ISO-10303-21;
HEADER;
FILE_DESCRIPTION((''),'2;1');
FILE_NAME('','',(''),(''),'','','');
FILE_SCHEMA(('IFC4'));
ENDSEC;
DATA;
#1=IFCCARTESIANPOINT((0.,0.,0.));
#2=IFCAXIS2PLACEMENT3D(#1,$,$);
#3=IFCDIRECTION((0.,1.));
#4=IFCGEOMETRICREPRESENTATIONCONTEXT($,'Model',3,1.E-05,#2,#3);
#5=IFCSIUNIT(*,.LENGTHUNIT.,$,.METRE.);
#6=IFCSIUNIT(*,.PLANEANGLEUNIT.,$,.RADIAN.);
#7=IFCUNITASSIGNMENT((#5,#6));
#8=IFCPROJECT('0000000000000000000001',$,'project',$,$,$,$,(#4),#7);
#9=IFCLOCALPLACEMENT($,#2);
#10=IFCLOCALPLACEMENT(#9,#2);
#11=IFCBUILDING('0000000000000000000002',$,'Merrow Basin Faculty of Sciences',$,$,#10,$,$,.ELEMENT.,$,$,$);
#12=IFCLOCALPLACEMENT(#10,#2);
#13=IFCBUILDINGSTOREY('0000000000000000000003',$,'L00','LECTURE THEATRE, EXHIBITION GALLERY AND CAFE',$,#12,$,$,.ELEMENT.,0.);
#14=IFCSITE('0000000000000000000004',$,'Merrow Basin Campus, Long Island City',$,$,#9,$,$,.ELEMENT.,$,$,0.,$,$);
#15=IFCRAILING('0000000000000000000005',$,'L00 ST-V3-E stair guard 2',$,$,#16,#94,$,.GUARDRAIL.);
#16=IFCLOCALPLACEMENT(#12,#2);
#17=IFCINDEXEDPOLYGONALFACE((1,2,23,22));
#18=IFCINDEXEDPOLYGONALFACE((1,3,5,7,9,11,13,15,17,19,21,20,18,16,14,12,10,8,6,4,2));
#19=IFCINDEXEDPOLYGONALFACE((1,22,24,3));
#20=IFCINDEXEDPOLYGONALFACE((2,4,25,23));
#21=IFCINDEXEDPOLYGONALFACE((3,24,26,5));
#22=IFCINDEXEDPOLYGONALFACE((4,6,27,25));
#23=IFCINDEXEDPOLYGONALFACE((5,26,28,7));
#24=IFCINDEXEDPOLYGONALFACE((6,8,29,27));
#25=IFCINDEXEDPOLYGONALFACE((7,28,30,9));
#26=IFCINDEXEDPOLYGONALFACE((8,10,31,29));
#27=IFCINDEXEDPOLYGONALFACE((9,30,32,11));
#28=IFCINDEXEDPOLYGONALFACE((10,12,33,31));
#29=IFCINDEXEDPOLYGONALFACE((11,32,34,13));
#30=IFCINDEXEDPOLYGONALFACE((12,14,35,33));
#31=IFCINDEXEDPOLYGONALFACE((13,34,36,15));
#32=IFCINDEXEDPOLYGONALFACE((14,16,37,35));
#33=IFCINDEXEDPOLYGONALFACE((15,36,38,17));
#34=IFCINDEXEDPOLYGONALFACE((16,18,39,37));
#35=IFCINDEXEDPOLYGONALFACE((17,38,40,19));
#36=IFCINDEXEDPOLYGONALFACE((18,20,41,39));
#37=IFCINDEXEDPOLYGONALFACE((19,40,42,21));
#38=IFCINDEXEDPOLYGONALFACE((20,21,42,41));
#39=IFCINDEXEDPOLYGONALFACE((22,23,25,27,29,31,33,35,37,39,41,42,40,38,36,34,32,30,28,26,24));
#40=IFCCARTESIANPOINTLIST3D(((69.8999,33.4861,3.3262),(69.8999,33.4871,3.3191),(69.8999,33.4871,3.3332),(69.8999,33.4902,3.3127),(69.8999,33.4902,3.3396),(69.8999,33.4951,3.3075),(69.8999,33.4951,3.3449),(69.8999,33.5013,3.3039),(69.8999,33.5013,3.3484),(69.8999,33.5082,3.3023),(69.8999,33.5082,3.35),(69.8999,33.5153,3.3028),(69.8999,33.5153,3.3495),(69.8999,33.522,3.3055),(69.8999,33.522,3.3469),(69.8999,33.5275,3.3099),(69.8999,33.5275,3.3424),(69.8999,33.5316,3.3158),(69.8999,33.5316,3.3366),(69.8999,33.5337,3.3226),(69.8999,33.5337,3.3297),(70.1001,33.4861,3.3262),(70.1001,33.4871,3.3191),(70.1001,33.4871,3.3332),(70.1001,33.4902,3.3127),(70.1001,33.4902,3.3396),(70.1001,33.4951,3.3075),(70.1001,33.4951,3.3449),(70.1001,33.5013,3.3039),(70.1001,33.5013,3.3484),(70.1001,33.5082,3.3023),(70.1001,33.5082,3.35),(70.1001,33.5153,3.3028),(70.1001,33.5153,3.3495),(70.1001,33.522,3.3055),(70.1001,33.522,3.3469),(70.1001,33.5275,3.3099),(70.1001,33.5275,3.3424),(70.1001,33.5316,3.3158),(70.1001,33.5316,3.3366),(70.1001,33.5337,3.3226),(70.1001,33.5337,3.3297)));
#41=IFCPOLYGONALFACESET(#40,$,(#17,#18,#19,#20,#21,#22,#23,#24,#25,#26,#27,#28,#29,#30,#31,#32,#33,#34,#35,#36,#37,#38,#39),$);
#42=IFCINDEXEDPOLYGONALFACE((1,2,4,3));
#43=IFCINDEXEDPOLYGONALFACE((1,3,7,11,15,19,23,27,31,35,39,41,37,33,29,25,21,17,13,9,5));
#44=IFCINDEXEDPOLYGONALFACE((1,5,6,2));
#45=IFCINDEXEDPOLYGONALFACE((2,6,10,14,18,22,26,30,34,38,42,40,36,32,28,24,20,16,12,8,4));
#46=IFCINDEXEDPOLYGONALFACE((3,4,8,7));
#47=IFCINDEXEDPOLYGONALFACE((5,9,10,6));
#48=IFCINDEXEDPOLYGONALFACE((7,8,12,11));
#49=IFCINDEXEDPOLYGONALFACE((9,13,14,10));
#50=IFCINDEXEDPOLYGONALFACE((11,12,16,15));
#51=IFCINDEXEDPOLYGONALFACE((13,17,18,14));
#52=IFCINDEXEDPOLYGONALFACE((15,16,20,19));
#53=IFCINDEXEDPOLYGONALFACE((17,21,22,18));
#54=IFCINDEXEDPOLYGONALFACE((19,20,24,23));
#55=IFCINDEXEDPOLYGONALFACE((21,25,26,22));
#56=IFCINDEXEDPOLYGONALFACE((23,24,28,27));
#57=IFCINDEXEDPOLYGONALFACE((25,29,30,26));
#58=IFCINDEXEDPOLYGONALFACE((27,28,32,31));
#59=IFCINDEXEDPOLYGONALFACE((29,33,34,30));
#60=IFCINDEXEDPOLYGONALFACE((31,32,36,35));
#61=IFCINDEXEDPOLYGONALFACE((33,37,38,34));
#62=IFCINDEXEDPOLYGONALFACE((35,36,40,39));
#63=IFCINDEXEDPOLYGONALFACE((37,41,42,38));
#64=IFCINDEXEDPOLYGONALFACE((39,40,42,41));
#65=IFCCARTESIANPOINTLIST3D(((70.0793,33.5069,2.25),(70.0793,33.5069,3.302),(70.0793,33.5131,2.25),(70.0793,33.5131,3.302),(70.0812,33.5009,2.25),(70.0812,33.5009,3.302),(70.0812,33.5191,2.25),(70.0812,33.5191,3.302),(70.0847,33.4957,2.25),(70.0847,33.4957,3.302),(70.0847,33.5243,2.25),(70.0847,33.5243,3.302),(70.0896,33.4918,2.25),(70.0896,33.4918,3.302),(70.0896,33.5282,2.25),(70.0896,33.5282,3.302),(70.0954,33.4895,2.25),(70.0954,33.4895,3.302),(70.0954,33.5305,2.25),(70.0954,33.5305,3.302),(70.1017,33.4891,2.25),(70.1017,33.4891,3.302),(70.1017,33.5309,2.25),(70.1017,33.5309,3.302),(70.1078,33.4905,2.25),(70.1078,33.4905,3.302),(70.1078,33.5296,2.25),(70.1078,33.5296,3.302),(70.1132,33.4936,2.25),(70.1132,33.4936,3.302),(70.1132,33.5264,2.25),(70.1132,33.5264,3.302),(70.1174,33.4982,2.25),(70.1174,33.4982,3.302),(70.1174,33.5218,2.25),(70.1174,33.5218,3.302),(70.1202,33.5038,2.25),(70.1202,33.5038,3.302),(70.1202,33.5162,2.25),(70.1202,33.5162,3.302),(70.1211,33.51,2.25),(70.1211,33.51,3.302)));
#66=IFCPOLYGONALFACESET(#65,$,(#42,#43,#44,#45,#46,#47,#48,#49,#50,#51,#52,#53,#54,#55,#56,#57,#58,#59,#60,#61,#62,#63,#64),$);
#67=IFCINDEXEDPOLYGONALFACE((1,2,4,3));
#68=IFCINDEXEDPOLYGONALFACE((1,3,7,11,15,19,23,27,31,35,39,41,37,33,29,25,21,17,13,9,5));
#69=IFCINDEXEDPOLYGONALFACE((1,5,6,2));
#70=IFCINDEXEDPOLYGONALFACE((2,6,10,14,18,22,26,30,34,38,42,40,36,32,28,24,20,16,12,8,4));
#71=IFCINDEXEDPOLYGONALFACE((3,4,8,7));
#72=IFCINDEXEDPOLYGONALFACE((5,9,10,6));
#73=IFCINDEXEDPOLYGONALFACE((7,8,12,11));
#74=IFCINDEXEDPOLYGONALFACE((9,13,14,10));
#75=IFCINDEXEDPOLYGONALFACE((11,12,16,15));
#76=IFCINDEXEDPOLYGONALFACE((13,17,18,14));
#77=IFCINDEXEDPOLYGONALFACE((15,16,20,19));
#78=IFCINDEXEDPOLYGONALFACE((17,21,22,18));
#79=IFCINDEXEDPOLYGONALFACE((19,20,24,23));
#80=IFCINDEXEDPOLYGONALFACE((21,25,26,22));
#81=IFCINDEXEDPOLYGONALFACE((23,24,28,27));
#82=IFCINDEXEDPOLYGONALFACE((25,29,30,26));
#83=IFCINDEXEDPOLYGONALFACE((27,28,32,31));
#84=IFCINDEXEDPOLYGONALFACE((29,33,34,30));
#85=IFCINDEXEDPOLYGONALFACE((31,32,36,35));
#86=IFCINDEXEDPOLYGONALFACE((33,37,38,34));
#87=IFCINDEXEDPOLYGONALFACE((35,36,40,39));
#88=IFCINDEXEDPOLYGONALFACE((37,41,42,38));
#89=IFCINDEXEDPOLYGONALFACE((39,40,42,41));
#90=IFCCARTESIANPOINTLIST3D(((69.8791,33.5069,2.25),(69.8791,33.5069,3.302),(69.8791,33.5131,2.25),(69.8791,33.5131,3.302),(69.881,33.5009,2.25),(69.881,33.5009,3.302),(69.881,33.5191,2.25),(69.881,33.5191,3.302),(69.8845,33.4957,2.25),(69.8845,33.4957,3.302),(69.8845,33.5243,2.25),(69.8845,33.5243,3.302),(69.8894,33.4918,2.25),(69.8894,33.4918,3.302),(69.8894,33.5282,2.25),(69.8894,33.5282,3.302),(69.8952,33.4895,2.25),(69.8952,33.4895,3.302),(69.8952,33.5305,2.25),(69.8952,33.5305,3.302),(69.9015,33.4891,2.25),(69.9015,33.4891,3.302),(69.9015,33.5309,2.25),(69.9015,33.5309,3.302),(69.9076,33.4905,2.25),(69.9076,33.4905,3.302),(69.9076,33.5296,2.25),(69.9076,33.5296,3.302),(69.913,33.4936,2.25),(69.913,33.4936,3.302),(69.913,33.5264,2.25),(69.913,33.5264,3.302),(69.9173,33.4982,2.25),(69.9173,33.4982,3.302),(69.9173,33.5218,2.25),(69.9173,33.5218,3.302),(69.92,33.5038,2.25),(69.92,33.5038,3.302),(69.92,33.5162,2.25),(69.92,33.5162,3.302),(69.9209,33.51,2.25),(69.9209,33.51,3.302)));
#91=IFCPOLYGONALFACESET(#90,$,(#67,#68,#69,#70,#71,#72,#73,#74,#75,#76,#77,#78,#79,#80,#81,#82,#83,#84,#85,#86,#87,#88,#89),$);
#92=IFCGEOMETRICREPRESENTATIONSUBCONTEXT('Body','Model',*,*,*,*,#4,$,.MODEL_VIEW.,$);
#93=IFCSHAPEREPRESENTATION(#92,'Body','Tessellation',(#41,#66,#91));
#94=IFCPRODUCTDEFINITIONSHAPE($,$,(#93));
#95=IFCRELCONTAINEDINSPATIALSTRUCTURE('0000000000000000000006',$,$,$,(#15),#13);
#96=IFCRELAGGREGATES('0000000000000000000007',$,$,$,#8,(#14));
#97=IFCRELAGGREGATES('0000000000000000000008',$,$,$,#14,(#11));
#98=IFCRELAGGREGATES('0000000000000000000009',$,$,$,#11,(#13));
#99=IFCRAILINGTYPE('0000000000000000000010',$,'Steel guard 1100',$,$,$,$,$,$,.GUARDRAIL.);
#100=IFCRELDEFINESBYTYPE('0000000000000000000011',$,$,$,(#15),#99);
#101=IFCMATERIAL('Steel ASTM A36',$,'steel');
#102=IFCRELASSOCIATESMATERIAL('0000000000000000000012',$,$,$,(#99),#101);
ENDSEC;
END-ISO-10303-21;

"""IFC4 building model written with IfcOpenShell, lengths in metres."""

from ifc_helpers import new_model, si_unit, direction, frame, origin, origin_2d, place, context, subcontext, project, spatial, circle, extrude, material, type_object, element, save


model = new_model("IFC4")

# Units and contexts
model_context = context("Model", 3, precision=1e-05, world=origin(), true_north=direction((0.0, 1.0)))
body_context = subcontext(model_context, "Body", "Model", "MODEL_VIEW")
ifc_project = project(units=[si_unit("LENGTHUNIT", "METRE"), si_unit("PLANEANGLEUNIT", "RADIAN")], contexts=[model_context])

# Site, building, storey
site_placement = place(None, origin())
site = spatial("IfcSite", under=ifc_project, at=site_placement, Name="Merrow Basin Campus, Long Island City", CompositionType="ELEMENT", RefElevation=0.0)
building_placement = place(site_placement, origin())
building = spatial("IfcBuilding", under=site, at=building_placement, Name="Merrow Basin Faculty of Sciences", CompositionType="ELEMENT")
storey_placement = place(building_placement, origin())
storey = spatial("IfcBuildingStorey", under=building, at=storey_placement, Name="L00", Description="LECTURE THEATRE, EXHIBITION GALLERY AND CAFE", CompositionType="ELEMENT", Elevation=0.0)

# Railing
ifc_material_1 = material(Name="Steel ASTM A36", Category="steel")
railing_type_1 = type_object("IfcRailingType", Name="Steel guard 1100", PredefinedType="GUARDRAIL", material=ifc_material_1)
railing_1_placement = place(storey_placement, frame((70.1001, 33.51, 2.25)))
element("IfcRailing", 1, at=railing_1_placement, inside=storey, type_object=railing_type_1, Name="L00 ST-V3-E stair guard 2", PredefinedType="GUARDRAIL", context=body_context, shape_type="SweptSolid", body=[
    extrude(circle(Radius=0.0239, at=origin_2d()), frame((0.0, 0.0, 1.0762), z_axis=(-1.0, 0.0, 0.0), x_axis=(0.0, -1.0, 0.0)), (0.0, 0.0, 1.0), 0.2002),
    extrude(circle(Radius=0.021, at=origin_2d()), origin(), (0.0, 0.0, 1.0), 1.052),
    extrude(circle(Radius=0.021, at=origin_2d()), frame((-0.2002, 0.0, 0.0)), (0.0, 0.0, 1.0), 1.052),
])

save(model, "model.ifc")
